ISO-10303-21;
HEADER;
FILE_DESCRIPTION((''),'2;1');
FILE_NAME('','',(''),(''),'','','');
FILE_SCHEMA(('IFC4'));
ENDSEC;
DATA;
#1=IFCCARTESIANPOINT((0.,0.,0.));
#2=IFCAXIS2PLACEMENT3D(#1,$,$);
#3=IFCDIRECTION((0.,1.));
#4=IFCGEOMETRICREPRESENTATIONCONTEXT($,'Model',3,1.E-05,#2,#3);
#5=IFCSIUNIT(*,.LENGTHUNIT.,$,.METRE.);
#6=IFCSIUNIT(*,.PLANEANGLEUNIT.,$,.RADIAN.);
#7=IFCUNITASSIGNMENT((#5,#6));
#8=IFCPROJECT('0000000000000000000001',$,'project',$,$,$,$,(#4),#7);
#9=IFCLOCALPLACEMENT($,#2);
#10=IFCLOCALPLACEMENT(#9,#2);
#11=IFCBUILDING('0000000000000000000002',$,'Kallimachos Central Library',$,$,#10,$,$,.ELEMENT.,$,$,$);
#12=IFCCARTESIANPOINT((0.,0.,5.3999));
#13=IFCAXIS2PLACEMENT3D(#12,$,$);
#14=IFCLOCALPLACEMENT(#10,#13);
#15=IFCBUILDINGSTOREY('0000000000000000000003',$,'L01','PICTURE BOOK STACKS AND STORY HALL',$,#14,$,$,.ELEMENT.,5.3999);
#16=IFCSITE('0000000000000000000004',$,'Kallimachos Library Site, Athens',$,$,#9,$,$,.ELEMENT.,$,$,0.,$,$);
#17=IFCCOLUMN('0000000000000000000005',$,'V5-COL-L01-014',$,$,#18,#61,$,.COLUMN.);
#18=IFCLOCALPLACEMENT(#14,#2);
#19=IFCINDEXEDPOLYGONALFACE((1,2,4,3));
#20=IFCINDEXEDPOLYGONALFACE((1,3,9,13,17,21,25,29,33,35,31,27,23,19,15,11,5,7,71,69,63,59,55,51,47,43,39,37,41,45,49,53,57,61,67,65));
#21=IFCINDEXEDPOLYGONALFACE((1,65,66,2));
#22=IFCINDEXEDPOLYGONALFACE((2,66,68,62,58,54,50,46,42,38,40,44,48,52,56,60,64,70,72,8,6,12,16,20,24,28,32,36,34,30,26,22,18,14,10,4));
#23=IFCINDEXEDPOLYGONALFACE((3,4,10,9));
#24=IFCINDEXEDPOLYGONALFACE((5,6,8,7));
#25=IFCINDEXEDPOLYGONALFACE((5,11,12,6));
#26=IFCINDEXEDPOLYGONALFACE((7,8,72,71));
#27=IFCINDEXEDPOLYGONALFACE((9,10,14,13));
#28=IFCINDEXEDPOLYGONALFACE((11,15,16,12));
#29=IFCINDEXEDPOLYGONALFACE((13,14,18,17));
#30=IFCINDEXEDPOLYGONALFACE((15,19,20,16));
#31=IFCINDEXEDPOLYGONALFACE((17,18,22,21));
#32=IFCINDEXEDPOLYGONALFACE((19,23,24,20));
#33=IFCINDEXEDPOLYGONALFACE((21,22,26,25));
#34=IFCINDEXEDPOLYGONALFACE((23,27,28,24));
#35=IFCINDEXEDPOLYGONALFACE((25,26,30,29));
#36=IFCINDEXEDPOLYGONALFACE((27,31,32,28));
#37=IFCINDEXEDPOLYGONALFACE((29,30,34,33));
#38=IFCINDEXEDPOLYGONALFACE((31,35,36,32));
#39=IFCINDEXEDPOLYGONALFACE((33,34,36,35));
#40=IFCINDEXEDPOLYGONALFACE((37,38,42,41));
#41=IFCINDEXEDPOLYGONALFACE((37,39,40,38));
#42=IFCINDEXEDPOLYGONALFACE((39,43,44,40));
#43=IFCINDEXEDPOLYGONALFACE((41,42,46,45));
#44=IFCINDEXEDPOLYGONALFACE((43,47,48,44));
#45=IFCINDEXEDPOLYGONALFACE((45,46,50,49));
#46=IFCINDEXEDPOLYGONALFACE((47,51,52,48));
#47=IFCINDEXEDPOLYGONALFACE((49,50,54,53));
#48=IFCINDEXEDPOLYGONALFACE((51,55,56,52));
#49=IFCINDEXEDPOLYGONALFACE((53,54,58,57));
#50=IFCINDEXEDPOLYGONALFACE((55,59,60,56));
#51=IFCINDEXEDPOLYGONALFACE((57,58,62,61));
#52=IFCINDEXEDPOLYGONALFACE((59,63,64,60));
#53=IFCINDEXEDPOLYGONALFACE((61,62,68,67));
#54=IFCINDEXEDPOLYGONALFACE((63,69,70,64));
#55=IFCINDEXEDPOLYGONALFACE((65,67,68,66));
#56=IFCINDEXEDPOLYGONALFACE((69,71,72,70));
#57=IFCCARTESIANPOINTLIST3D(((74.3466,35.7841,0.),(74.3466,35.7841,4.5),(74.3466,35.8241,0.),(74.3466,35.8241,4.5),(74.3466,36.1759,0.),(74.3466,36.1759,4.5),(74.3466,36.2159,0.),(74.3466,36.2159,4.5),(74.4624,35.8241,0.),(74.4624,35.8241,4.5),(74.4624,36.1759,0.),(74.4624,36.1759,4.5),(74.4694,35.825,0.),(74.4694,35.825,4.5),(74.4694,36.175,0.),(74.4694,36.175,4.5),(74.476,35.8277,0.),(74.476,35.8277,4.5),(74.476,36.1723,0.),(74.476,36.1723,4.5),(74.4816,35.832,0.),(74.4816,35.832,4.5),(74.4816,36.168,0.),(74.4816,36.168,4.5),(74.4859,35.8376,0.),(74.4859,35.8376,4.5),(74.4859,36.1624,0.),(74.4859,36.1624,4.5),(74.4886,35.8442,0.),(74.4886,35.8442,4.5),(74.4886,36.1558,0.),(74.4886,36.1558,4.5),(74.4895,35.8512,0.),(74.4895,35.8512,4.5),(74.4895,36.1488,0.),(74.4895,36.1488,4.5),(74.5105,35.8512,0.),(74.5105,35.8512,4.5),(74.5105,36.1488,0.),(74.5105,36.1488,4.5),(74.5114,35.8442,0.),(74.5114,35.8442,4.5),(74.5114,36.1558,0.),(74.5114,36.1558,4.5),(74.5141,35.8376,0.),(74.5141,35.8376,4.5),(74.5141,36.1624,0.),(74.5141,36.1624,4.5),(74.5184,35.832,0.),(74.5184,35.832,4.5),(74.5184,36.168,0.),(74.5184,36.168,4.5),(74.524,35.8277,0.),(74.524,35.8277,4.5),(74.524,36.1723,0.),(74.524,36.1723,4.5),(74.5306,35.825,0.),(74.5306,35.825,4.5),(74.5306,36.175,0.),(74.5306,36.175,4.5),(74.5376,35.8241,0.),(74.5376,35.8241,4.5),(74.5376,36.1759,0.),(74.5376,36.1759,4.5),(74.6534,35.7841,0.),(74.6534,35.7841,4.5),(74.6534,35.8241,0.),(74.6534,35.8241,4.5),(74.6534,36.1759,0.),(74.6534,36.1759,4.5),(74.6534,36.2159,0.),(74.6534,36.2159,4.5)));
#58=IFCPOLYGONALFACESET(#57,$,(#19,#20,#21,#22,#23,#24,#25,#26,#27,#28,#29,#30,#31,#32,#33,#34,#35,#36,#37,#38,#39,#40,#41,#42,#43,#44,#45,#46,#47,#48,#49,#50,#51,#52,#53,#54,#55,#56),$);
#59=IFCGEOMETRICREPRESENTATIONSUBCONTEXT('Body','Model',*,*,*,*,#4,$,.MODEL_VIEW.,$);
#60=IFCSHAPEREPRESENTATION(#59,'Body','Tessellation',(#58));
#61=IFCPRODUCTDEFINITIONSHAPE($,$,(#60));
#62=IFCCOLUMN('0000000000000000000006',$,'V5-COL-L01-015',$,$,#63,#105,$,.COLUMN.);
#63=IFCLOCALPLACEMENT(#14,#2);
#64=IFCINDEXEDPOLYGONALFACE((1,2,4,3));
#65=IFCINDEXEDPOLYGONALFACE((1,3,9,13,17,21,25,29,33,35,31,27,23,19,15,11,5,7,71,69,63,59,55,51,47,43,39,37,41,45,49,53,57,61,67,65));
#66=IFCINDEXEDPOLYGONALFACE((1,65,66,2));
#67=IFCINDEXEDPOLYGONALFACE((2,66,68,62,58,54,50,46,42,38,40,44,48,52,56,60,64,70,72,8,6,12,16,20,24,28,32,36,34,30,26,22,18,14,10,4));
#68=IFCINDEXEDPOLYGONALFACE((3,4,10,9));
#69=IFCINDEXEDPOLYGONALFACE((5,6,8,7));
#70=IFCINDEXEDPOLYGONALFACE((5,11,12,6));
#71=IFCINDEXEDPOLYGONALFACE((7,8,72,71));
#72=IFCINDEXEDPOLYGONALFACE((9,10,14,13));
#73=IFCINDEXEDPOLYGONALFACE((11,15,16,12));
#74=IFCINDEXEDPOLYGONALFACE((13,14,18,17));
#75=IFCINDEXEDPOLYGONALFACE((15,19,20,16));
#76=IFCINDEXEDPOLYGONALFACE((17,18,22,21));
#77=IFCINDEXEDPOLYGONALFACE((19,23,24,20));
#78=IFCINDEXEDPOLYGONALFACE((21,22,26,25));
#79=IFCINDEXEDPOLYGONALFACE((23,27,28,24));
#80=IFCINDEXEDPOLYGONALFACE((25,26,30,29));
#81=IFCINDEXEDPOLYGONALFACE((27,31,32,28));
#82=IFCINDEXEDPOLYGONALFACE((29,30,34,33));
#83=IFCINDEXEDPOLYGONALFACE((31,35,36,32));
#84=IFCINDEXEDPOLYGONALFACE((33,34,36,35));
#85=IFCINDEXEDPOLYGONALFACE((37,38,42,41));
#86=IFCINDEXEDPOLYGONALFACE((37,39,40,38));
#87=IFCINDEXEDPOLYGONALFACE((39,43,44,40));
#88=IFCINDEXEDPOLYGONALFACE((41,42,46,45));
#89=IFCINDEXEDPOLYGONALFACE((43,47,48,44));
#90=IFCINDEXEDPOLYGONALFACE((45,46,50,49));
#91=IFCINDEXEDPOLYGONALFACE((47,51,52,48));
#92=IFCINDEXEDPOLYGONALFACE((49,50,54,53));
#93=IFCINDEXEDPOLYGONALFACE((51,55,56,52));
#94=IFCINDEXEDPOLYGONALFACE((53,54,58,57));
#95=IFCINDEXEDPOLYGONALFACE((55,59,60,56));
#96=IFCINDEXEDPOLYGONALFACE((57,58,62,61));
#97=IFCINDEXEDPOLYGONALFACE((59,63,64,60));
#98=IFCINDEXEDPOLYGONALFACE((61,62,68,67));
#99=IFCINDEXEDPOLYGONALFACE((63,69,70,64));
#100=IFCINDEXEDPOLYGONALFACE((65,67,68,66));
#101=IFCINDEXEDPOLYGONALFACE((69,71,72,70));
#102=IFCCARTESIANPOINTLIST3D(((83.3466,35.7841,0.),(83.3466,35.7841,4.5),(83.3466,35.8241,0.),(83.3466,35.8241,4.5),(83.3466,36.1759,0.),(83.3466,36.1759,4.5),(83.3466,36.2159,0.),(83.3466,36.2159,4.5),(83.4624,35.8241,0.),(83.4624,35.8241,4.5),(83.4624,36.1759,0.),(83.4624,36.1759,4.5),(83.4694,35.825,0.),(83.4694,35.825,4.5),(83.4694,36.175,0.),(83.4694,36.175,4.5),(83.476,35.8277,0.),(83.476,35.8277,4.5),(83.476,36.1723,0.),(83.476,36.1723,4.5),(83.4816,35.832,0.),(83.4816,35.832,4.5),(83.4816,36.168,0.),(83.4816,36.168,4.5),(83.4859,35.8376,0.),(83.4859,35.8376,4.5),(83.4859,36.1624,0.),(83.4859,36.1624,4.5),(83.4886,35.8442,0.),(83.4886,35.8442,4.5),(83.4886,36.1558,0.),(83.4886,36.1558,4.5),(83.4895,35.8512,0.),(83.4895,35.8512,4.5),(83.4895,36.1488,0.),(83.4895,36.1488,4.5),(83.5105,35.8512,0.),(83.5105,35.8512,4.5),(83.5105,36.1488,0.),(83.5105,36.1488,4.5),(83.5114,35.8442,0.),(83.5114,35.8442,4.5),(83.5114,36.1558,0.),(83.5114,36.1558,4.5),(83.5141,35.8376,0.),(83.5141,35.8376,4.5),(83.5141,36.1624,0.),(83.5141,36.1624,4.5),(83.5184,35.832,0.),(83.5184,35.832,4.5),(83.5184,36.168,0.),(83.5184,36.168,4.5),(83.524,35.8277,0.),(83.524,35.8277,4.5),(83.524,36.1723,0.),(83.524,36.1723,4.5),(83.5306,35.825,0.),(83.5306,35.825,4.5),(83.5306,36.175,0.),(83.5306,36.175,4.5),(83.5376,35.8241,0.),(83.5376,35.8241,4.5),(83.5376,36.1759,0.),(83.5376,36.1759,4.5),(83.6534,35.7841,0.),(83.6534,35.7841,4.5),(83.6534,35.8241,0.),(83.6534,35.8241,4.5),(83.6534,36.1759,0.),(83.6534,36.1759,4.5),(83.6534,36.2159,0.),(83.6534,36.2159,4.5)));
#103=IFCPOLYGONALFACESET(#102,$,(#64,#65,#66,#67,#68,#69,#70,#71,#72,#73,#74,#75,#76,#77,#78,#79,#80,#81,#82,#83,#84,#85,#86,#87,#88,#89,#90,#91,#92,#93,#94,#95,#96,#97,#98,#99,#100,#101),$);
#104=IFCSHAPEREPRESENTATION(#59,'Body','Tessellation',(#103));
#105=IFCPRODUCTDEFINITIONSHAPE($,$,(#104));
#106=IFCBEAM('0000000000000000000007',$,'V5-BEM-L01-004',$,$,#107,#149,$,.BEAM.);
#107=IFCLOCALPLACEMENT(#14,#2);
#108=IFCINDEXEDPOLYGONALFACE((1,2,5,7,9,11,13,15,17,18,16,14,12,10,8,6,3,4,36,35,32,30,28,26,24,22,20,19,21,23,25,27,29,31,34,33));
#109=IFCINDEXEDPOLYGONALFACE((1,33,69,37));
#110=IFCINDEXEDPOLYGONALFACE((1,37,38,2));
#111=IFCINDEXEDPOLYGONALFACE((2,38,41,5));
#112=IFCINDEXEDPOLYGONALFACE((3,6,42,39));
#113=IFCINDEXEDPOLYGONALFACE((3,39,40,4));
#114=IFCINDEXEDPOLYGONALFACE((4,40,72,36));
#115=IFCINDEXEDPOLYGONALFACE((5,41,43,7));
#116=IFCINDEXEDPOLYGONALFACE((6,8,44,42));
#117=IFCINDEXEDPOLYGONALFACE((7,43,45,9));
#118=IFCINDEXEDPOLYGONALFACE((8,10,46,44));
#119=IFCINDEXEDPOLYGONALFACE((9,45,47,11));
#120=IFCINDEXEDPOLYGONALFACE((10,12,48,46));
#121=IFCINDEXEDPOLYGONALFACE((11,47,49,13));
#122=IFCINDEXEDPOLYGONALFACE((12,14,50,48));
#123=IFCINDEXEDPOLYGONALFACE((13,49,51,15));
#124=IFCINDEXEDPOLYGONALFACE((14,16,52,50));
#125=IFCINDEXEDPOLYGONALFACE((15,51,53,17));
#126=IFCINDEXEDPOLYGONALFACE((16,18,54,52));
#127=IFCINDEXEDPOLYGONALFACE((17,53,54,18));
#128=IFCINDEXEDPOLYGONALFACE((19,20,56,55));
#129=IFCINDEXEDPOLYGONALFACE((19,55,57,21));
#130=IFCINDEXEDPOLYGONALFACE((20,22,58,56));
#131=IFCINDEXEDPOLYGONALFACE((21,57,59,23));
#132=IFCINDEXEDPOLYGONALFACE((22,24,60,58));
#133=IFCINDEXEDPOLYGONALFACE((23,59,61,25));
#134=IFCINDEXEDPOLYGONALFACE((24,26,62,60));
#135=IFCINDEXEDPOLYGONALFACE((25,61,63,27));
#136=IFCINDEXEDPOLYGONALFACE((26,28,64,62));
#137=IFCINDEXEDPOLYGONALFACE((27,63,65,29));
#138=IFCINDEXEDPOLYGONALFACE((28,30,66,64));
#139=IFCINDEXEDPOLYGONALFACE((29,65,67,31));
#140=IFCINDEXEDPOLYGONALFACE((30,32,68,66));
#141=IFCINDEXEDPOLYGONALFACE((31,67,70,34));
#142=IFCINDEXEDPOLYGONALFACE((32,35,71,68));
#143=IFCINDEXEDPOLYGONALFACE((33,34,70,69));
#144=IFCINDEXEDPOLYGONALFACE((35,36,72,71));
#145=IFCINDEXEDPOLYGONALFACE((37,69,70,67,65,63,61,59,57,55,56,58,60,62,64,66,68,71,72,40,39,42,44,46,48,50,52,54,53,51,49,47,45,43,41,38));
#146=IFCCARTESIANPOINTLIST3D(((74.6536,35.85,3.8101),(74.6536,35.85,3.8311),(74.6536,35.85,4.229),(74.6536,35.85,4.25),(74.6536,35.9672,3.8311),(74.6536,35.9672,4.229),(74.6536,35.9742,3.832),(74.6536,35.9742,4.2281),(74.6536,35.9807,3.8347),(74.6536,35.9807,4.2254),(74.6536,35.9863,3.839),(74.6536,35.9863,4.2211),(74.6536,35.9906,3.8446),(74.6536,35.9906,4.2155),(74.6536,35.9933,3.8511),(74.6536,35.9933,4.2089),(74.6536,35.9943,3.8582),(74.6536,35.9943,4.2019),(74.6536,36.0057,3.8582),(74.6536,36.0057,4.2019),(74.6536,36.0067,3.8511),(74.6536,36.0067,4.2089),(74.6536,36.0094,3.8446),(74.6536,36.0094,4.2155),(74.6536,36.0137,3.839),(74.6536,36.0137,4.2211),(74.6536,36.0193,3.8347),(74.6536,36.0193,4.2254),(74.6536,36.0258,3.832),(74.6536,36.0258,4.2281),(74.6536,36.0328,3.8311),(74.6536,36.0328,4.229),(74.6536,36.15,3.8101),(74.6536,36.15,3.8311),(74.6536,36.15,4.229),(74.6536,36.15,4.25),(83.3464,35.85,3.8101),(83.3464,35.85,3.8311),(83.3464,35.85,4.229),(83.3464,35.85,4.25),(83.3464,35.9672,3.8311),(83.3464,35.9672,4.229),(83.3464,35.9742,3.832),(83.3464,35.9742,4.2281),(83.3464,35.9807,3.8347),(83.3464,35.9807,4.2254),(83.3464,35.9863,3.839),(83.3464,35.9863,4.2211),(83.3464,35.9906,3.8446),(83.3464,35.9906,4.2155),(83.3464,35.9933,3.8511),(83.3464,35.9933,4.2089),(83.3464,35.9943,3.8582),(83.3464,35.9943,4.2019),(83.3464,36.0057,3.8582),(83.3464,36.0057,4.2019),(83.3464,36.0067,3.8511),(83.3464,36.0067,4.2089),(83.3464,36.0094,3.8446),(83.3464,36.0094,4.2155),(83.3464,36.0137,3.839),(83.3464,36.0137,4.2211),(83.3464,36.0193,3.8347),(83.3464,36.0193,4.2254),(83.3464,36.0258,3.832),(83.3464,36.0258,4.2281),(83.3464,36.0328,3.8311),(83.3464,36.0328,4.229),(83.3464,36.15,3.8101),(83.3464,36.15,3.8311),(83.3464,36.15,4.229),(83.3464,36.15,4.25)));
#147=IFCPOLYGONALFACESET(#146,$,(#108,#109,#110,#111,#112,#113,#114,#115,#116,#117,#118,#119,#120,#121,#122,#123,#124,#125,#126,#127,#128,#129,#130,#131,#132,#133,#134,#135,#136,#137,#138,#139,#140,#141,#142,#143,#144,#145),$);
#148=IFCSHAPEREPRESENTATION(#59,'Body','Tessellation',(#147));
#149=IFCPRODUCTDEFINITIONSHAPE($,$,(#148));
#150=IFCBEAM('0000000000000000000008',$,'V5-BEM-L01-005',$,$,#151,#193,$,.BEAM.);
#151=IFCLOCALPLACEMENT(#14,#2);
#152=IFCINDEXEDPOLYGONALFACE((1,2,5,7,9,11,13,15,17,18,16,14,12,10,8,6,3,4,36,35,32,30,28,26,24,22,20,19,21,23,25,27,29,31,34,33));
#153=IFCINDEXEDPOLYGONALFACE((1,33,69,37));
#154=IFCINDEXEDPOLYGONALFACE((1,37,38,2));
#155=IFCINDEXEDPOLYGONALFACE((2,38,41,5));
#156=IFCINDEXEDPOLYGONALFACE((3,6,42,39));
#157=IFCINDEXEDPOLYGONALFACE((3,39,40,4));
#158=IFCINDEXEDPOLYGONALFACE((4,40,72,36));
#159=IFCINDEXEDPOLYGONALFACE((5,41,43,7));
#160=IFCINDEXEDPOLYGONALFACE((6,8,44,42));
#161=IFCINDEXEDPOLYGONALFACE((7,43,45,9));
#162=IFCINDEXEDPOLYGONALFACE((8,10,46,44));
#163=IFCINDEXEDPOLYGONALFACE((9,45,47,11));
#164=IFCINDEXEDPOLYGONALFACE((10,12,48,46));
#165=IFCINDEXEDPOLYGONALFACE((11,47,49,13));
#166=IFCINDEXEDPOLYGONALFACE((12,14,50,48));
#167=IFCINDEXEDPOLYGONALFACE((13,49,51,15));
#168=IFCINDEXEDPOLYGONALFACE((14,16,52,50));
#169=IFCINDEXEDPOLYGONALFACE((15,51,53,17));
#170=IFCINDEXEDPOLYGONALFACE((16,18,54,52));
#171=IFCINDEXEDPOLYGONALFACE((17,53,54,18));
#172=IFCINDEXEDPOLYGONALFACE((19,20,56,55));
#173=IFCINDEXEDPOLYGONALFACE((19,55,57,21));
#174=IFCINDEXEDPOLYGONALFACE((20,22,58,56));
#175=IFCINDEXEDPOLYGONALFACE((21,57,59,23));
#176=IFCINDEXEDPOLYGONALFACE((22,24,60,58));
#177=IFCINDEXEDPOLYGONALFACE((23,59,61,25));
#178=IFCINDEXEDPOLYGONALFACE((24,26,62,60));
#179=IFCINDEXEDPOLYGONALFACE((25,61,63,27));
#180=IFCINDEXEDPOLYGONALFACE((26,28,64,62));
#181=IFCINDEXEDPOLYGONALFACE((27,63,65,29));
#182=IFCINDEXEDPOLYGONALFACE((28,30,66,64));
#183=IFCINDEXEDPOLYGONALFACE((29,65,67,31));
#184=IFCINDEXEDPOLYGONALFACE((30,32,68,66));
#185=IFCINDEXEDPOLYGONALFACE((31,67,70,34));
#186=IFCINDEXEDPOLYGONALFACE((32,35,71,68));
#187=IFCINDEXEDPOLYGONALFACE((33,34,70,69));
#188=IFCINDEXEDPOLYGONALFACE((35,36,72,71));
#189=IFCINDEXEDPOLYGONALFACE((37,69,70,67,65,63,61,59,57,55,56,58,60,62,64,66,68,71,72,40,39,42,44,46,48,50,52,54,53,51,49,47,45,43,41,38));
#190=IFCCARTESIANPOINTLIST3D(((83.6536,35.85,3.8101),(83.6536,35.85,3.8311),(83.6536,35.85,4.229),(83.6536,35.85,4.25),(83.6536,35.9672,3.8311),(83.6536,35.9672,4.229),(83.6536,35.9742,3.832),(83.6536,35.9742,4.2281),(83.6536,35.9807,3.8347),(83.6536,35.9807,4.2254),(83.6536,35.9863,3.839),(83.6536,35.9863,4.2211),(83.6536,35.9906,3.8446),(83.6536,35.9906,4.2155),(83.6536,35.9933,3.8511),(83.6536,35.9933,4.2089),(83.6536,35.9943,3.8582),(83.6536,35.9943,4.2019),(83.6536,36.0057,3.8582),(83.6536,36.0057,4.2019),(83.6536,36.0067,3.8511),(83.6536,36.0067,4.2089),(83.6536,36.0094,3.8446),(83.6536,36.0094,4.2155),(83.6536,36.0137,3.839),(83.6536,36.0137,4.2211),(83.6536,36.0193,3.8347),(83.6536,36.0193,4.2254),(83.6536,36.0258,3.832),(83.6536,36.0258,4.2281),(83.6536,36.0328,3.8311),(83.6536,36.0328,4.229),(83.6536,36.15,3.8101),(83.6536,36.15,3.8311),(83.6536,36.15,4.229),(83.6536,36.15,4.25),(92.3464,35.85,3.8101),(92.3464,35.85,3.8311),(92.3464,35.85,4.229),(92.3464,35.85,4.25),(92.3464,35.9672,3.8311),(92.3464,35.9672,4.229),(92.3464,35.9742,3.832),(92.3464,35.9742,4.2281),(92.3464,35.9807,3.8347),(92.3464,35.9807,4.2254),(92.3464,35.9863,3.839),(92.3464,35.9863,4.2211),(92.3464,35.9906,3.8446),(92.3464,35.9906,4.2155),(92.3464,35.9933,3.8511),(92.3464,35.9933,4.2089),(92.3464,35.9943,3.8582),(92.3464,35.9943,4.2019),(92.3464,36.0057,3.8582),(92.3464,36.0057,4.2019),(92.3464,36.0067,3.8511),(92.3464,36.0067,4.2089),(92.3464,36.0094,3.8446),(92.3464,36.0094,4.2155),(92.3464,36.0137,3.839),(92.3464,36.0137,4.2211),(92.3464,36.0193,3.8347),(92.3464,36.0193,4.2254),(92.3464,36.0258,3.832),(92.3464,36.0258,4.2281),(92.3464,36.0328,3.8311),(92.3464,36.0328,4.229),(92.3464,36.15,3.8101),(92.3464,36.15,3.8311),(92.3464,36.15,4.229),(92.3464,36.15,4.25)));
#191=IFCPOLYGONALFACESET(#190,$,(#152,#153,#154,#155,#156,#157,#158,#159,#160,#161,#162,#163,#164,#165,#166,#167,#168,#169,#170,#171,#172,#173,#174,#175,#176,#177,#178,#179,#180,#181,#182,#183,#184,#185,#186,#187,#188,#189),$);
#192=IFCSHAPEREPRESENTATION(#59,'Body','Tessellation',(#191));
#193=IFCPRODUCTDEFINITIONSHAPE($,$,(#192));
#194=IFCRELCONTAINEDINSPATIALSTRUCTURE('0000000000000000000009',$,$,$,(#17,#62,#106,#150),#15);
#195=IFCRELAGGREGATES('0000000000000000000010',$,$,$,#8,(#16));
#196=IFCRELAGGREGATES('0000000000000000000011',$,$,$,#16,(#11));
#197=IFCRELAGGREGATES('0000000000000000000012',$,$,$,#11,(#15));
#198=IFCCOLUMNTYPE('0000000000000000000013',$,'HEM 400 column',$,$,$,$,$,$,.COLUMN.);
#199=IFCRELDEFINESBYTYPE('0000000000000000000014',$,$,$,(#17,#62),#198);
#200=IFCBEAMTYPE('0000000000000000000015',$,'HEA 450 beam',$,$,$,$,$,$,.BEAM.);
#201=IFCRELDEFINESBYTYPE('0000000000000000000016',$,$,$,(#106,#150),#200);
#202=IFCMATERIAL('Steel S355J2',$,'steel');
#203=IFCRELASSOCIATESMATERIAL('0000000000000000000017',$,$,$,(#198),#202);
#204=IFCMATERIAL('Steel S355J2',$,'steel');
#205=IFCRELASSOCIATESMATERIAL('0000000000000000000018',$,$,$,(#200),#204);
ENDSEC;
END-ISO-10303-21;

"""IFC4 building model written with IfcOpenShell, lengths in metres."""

from ifc_helpers import new_model, si_unit, direction, frame, origin, origin_2d, place, context, subcontext, project, spatial, i_section, extrude, material, material_profile, profile_set, type_object, element, save


model = new_model("IFC4")

# Units and contexts
model_context = context("Model", 3, precision=1e-05, world=origin(), true_north=direction((0.0, 1.0)))
body_context = subcontext(model_context, "Body", "Model", "MODEL_VIEW")
ifc_project = project(units=[si_unit("LENGTHUNIT", "METRE"), si_unit("PLANEANGLEUNIT", "RADIAN")], contexts=[model_context])

# Site, building, storey
site_placement = place(None, origin())
site = spatial("IfcSite", under=ifc_project, at=site_placement, Name="Kallimachos Library Site, Athens", CompositionType="ELEMENT", RefElevation=0.0)
building_placement = place(site_placement, origin())
building = spatial("IfcBuilding", under=site, at=building_placement, Name="Kallimachos Central Library", CompositionType="ELEMENT")
storey_placement = place(building_placement, frame((0.0, 0.0, 5.3999)))
storey = spatial("IfcBuildingStorey", under=building, at=storey_placement, Name="L01", Description="PICTURE BOOK STACKS AND STORY HALL", CompositionType="ELEMENT", Elevation=5.3999)

# Columns
ifc_material_1 = material(Name="Steel S355J2", Category="steel")
ifc_material_profile_1 = material_profile(ifc_material_1, i_section(OverallWidth=0.3069, OverallDepth=0.4319, WebThickness=0.021, FlangeThickness=0.04, FilletRadius=0.0271, at=origin_2d()), Name="HEM 400")
ifc_profile_set_1 = profile_set([ifc_material_profile_1], Name="Steel S355J2")
column_type = type_object("IfcColumnType", Name="HEM 400 column", PredefinedType="COLUMN", material=ifc_profile_set_1)
for number, where, z_axis, x_axis, name in (
    (1, (74.5, 36.0, 0.0), (0.0, 0.0, 1.0), (1.0, 0.0, 0.0), "V5-COL-L01-014"),
    (2, (83.5, 36.0, 0.0), (0.0, 0.0, 1.0), (1.0, 0.0, 0.0), "V5-COL-L01-015"),
):
    element("IfcColumn", number, at=place(storey_placement, frame(where, z_axis=z_axis, x_axis=x_axis)), inside=storey, type_object=column_type, Name=name, PredefinedType="COLUMN", context=body_context, shape_type="SweptSolid", body=[
        extrude(i_section(OverallWidth=0.3069, OverallDepth=0.4319, WebThickness=0.021, FlangeThickness=0.04, FilletRadius=0.0271, at=origin_2d()), origin(), (0.0, 0.0, 1.0), 4.5),
    ])

# Beams
ifc_material_2 = material(Name="Steel S355J2", Category="steel")
ifc_material_profile_2 = material_profile(ifc_material_2, i_section(OverallWidth=0.3, OverallDepth=0.4399, WebThickness=0.0115, FlangeThickness=0.021, FilletRadius=0.0271, at=origin_2d()), Name="HEA 450")
ifc_profile_set_2 = profile_set([ifc_material_profile_2], Name="Steel S355J2")
beam_type_1 = type_object("IfcBeamType", Name="HEA 450 beam", PredefinedType="BEAM", material=ifc_profile_set_2)
for number, where, z_axis, x_axis, name in (
    (3, (74.6536, 36.0, 4.03), (1.0, 0.0, 0.0), (0.0, 1.0, 0.0), "V5-BEM-L01-004"),
    (4, (83.6536, 36.0, 4.03), (1.0, 0.0, 0.0), (0.0, 1.0, 0.0), "V5-BEM-L01-005"),
):
    element("IfcBeam", number, at=place(storey_placement, frame(where, z_axis=z_axis, x_axis=x_axis)), inside=storey, type_object=beam_type_1, Name=name, PredefinedType="BEAM", context=body_context, shape_type="SweptSolid", body=[
        extrude(i_section(OverallWidth=0.3, OverallDepth=0.4399, WebThickness=0.0115, FlangeThickness=0.021, FilletRadius=0.0271, at=origin_2d()), origin(), (0.0, 0.0, 1.0), 8.6929),
    ])

save(model, "model.ifc")
